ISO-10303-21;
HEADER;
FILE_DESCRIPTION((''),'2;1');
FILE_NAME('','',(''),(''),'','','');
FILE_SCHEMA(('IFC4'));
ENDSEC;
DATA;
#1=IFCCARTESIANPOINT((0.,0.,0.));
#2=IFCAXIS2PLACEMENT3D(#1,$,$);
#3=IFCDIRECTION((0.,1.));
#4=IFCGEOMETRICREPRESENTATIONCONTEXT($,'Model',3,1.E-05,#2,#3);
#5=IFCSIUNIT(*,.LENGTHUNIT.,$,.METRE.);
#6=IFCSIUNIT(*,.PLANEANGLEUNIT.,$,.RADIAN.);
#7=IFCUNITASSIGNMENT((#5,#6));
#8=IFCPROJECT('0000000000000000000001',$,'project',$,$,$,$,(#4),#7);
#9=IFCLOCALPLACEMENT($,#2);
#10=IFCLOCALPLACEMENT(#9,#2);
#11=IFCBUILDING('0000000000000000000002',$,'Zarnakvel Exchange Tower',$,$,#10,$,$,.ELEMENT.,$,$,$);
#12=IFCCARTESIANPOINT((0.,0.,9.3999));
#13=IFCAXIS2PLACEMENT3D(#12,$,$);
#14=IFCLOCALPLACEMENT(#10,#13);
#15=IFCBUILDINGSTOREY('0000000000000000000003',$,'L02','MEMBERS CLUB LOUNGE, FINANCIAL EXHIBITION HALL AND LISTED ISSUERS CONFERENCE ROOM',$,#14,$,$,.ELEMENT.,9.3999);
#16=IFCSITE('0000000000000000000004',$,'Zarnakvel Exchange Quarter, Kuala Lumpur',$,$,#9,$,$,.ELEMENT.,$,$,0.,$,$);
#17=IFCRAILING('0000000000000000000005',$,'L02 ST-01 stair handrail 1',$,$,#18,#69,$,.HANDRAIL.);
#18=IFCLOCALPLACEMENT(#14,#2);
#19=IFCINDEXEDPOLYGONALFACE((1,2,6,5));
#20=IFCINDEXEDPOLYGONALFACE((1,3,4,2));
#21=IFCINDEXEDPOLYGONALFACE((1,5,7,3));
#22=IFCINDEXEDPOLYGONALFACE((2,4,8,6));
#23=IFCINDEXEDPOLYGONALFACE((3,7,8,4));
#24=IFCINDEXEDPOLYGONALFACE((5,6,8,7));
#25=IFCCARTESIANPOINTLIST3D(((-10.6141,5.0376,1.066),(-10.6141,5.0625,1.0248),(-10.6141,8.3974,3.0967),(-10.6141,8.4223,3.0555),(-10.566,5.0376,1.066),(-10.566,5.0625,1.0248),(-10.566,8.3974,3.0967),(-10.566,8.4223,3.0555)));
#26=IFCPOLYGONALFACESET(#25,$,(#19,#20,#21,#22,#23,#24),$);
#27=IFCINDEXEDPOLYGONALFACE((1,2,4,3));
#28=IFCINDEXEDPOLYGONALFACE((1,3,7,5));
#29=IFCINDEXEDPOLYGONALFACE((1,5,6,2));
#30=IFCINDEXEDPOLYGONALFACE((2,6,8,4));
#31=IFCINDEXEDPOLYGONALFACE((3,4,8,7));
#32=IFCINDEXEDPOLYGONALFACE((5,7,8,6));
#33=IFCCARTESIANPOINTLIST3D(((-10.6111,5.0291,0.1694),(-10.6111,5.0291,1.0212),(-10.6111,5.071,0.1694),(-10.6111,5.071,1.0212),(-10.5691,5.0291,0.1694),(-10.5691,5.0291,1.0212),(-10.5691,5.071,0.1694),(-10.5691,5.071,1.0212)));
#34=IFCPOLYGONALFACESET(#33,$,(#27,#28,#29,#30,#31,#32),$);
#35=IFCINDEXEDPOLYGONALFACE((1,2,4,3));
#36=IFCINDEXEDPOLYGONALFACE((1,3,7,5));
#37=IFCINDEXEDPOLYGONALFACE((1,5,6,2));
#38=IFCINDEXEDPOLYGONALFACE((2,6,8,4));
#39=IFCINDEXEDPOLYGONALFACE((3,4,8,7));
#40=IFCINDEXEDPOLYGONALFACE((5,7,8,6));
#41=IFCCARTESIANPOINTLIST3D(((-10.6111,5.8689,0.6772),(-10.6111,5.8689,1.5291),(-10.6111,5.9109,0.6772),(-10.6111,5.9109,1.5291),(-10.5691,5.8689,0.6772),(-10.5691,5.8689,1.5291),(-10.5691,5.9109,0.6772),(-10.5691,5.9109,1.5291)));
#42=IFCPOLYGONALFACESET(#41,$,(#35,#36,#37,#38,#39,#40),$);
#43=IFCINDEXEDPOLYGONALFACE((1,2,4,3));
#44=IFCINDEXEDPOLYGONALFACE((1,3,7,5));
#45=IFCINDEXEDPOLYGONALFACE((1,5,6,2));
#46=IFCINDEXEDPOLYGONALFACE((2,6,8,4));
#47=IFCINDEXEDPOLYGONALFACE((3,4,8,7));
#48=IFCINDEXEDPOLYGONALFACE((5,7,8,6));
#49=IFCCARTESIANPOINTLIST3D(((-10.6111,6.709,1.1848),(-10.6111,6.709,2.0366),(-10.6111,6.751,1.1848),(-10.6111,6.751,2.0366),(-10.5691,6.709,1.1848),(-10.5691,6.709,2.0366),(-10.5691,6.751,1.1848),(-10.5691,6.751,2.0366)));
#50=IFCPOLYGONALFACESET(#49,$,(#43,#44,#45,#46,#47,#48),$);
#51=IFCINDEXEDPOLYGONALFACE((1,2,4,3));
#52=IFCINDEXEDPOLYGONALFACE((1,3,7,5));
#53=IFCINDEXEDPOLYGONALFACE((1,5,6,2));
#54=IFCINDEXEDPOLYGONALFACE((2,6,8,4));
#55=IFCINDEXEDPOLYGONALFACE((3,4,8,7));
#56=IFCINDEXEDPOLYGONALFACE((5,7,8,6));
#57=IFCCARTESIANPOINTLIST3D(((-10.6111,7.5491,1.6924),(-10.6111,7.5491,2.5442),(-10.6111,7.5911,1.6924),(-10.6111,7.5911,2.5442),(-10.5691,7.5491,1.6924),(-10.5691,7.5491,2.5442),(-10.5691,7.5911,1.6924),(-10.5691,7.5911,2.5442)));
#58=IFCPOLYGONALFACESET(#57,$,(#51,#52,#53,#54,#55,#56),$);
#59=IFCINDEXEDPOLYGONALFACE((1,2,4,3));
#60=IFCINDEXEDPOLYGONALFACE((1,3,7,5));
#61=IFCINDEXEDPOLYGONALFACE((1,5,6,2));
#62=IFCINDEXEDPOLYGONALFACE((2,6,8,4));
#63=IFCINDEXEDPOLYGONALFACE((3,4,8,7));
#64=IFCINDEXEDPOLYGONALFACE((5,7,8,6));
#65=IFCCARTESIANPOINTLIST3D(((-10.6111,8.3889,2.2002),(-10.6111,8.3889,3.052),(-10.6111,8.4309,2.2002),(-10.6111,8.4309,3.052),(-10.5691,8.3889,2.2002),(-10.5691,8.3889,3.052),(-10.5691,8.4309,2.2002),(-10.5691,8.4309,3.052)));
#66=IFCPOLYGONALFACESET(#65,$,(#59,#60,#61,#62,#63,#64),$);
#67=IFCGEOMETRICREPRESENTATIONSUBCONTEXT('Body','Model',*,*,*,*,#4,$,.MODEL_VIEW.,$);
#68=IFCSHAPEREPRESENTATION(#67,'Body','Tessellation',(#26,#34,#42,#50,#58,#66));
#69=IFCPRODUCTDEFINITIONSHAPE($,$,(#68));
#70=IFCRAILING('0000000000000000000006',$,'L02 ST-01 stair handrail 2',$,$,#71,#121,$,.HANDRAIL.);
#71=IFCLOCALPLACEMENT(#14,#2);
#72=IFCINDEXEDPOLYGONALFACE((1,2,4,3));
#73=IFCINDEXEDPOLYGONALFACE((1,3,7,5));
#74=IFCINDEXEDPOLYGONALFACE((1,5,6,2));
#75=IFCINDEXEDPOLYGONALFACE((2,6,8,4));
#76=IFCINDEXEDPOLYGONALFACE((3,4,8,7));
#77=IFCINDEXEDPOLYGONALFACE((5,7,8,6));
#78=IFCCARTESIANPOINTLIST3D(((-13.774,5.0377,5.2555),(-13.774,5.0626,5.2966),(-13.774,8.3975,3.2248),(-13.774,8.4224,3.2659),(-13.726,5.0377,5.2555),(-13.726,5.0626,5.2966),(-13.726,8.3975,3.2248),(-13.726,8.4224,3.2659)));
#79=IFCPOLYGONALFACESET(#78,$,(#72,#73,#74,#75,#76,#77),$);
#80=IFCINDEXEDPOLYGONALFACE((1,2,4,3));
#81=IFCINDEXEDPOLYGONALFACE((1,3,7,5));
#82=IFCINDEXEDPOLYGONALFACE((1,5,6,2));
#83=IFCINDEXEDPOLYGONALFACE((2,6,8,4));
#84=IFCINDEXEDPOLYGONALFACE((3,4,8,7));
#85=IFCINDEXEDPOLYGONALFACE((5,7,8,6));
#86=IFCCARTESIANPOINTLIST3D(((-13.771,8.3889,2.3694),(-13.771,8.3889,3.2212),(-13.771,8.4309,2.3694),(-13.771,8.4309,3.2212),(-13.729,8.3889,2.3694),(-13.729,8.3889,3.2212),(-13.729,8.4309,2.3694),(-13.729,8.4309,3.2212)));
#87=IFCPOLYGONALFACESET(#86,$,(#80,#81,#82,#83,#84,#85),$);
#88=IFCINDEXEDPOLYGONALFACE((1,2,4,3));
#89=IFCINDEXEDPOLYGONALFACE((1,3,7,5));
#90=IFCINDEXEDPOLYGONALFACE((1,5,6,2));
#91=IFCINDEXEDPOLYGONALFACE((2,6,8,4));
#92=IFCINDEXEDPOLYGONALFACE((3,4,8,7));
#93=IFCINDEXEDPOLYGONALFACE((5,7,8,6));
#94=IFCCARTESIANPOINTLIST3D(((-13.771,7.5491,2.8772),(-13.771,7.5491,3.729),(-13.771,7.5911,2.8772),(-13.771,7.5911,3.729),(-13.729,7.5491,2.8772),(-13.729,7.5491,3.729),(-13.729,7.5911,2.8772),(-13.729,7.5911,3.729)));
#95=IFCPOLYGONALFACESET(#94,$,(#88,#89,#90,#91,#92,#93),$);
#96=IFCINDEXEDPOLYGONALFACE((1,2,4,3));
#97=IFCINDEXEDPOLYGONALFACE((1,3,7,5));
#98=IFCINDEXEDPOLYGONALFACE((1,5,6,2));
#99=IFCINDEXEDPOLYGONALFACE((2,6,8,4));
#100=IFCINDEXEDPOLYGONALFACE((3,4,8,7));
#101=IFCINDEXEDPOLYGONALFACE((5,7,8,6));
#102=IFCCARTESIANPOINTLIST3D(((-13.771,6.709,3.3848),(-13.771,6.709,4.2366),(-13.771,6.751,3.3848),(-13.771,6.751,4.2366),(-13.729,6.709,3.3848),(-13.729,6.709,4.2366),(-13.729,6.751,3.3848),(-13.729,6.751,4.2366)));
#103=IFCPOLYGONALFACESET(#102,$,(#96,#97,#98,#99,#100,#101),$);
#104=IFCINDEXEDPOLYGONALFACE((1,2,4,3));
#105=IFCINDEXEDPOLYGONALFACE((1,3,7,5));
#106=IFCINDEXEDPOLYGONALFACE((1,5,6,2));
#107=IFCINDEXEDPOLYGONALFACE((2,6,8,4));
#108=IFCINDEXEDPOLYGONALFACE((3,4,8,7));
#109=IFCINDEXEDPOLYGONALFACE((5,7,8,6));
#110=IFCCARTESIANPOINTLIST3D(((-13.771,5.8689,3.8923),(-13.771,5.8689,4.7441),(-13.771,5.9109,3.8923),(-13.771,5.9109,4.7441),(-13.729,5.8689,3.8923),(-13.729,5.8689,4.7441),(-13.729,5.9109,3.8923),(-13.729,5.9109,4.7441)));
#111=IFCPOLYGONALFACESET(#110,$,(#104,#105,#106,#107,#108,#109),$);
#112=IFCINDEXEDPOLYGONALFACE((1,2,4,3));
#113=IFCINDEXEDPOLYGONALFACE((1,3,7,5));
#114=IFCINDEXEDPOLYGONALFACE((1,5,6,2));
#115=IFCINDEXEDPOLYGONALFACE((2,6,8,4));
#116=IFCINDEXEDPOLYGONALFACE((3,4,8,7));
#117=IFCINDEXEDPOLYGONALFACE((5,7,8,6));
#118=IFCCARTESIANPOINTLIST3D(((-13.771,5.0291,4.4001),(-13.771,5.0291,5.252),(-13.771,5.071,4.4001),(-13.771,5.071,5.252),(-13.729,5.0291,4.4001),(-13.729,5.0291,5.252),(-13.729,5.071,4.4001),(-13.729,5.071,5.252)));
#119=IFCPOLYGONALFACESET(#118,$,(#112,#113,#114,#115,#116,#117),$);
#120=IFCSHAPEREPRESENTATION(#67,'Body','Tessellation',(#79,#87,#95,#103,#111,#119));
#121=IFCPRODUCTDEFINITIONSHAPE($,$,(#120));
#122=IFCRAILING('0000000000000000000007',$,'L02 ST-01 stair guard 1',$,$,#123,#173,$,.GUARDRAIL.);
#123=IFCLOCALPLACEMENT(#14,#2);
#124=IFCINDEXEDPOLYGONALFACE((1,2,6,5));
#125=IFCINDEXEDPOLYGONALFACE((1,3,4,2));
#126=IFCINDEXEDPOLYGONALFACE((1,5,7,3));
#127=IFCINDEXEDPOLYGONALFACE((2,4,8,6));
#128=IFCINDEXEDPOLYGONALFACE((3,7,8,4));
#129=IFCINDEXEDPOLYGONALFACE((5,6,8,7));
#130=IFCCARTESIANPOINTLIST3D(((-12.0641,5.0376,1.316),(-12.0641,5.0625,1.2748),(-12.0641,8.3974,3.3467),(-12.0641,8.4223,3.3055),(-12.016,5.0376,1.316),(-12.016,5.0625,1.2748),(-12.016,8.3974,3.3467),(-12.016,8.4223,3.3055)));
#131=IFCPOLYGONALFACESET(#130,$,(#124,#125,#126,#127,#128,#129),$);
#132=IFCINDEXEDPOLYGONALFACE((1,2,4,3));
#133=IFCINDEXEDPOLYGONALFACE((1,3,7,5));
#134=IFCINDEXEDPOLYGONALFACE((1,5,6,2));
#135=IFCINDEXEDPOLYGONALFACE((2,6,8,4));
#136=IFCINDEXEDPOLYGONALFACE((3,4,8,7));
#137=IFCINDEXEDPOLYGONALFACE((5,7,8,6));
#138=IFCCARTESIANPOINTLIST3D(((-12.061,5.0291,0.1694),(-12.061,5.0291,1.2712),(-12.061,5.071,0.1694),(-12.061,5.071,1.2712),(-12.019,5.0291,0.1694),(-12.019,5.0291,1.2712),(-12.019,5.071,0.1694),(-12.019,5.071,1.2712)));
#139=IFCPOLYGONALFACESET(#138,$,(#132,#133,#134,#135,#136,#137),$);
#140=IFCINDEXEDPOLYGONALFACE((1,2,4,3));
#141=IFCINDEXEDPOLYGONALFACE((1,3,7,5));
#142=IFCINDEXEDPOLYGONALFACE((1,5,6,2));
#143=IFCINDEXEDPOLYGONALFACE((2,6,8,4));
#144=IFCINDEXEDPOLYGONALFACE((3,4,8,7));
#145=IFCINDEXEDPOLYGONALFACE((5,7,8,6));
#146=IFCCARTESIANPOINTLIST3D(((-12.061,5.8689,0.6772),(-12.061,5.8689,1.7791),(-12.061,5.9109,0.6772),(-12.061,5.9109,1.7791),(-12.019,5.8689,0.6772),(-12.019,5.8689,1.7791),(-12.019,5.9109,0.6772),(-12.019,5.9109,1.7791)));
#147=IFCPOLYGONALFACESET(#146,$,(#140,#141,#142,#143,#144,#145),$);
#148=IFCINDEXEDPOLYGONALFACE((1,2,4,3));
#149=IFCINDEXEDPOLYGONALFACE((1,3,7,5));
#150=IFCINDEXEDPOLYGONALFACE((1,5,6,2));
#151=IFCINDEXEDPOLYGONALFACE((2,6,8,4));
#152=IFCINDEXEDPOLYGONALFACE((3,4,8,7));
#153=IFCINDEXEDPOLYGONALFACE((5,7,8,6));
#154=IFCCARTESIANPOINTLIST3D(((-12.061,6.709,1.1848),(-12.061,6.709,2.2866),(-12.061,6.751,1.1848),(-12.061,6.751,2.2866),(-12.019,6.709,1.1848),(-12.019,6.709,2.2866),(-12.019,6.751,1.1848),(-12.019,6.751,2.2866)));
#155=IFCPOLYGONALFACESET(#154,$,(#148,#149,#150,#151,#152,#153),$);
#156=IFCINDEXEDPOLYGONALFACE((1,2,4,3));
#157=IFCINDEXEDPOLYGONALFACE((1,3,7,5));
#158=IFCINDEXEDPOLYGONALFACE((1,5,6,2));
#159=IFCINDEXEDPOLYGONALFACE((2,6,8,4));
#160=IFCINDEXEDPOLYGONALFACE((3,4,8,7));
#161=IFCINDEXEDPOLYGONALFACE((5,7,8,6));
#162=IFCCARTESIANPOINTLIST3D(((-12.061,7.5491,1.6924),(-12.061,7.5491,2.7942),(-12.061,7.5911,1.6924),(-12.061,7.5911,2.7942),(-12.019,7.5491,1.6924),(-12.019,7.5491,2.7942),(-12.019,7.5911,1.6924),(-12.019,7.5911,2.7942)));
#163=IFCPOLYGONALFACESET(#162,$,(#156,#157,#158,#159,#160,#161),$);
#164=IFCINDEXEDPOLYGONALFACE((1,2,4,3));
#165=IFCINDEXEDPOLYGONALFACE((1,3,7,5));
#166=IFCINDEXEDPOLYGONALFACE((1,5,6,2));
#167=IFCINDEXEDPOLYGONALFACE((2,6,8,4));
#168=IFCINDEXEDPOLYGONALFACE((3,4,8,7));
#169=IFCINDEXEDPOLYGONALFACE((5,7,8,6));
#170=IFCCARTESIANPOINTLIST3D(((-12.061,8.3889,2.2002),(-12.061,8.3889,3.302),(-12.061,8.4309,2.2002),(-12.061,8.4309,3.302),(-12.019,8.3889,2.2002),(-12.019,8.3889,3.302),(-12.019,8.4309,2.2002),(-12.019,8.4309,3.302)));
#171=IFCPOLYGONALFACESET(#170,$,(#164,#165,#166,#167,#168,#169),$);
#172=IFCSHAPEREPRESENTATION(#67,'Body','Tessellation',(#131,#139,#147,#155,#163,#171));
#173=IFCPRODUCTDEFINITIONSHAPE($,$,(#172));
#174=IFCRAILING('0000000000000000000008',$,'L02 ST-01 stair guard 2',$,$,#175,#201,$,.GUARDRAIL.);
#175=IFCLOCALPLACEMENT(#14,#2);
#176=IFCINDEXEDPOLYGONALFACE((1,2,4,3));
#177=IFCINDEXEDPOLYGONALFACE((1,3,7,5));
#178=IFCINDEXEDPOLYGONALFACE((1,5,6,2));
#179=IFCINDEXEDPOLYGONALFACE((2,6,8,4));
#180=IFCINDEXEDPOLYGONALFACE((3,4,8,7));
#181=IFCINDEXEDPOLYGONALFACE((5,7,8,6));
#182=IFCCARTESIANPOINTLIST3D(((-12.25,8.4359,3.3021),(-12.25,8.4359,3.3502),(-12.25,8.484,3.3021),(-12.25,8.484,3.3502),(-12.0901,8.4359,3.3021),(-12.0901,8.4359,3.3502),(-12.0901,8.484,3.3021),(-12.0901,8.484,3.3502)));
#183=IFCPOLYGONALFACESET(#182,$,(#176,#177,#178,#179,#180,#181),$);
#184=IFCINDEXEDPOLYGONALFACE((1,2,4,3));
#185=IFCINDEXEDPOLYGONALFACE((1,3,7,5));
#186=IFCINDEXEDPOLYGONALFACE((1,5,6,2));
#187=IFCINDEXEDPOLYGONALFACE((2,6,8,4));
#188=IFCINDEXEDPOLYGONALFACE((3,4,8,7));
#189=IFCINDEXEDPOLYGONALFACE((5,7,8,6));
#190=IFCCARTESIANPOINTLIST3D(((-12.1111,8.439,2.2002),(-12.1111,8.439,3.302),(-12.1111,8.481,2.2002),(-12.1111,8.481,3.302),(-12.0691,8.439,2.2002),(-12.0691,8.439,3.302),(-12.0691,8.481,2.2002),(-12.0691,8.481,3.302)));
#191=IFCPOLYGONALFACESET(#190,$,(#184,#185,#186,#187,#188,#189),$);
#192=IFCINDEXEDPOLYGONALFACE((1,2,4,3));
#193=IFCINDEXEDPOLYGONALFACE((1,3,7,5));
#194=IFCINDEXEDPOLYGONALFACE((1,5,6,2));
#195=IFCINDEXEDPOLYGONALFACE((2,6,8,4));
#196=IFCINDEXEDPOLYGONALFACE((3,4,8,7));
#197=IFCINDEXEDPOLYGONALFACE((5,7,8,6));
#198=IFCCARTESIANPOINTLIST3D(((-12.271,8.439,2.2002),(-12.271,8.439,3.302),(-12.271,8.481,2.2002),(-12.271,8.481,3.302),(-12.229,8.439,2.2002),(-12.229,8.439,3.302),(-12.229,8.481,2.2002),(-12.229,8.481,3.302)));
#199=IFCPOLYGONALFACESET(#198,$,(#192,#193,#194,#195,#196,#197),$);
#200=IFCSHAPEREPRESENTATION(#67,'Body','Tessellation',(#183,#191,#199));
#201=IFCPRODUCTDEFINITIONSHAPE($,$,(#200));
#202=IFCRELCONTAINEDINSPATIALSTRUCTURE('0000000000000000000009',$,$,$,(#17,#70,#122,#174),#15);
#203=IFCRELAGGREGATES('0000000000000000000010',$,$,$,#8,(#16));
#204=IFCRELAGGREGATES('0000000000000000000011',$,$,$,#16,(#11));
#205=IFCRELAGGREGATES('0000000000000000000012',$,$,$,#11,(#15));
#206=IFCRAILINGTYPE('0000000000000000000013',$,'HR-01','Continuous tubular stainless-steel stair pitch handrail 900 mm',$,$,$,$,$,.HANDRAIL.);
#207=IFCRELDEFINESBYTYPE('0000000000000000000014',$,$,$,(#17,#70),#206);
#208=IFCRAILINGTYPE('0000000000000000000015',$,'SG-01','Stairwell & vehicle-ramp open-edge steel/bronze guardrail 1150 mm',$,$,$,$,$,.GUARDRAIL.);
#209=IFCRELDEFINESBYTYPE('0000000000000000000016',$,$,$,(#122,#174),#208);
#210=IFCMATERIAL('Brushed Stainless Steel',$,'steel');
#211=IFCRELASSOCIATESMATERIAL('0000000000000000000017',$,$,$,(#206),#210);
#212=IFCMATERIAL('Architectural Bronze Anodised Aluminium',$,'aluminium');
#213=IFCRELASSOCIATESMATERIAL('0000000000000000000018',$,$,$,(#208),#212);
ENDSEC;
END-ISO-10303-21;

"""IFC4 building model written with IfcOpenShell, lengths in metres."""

from ifc_helpers import new_model, si_unit, direction, frame, origin, origin_2d, place, context, subcontext, project, spatial, rectangle, extrude, material, type_object, element, save


model = new_model("IFC4")

# Units and contexts
model_context = context("Model", 3, precision=1e-05, world=origin(), true_north=direction((0.0, 1.0)))
body_context = subcontext(model_context, "Body", "Model", "MODEL_VIEW")
ifc_project = project(units=[si_unit("LENGTHUNIT", "METRE"), si_unit("PLANEANGLEUNIT", "RADIAN")], contexts=[model_context])

# Site, building, storey
site_placement = place(None, origin())
site = spatial("IfcSite", under=ifc_project, at=site_placement, Name="Zarnakvel Exchange Quarter, Kuala Lumpur", CompositionType="ELEMENT", RefElevation=0.0)
building_placement = place(site_placement, origin())
building = spatial("IfcBuilding", under=site, at=building_placement, Name="Zarnakvel Exchange Tower", CompositionType="ELEMENT")
storey_placement = place(building_placement, frame((0.0, 0.0, 9.3999)))
storey = spatial("IfcBuildingStorey", under=building, at=storey_placement, Name="L02", Description="MEMBERS CLUB LOUNGE, FINANCIAL EXHIBITION HALL AND LISTED ISSUERS CONFERENCE ROOM", CompositionType="ELEMENT", Elevation=9.3999)

# Shared definitions
ifc_material_1 = material(Name="Architectural Bronze Anodised Aluminium", Category="aluminium")

# Railings
ifc_material_2 = material(Name="Brushed Stainless Steel", Category="steel")
railing_type_1 = type_object("IfcRailingType", Name="HR-01", Description="Continuous tubular stainless-steel stair pitch handrail 900 mm", PredefinedType="HANDRAIL", material=ifc_material_2)
railing_1_placement = place(storey_placement, frame((-10.5901, 5.05, 0.1694)))
element("IfcRailing", 1, at=railing_1_placement, inside=storey, type_object=railing_type_1, Name="L02 ST-01 stair handrail 1", PredefinedType="HANDRAIL", context=body_context, shape_type="SweptSolid", body=[
    extrude(rectangle(XDim=0.0481, YDim=0.0481, at=origin_2d()), frame((0.0, 0.0, 0.876), z_axis=(0.0, 0.85582, 0.517273), x_axis=(-1.0, 0.0, 0.0)), (0.0, 0.0, 1.0), 3.9258),
    extrude(rectangle(XDim=0.042, YDim=0.042, at=origin_2d()), origin(), (0.0, 0.0, 1.0), 0.8518),
    extrude(rectangle(XDim=0.042, YDim=0.042, at=origin_2d()), frame((0.0, 0.8398, 0.5078)), (0.0, 0.0, 1.0), 0.8518),
    extrude(rectangle(XDim=0.042, YDim=0.042, at=origin_2d()), frame((0.0, 1.6799, 1.0154)), (0.0, 0.0, 1.0), 0.8518),
    extrude(rectangle(XDim=0.042, YDim=0.042, at=origin_2d()), frame((0.0, 2.52, 1.5229)), (0.0, 0.0, 1.0), 0.8518),
    extrude(rectangle(XDim=0.042, YDim=0.042, at=origin_2d()), frame((0.0, 3.3599, 2.0308)), (0.0, 0.0, 1.0), 0.8518),
])
railing_2_placement = place(storey_placement, frame((-13.75, 8.4099, 2.3694)))
element("IfcRailing", 2, at=railing_2_placement, inside=storey, type_object=railing_type_1, Name="L02 ST-01 stair handrail 2", PredefinedType="HANDRAIL", context=body_context, shape_type="SweptSolid", body=[
    extrude(rectangle(XDim=0.0481, YDim=0.0481, at=origin_2d()), frame((0.0, 0.0, 0.876), z_axis=(0.0, -0.85582, 0.517273), x_axis=(1.0, 0.0, 0.0)), (0.0, 0.0, 1.0), 3.9258),
    extrude(rectangle(XDim=0.042, YDim=0.042, at=origin_2d()), origin(), (0.0, 0.0, 1.0), 0.8518),
    extrude(rectangle(XDim=0.042, YDim=0.042, at=origin_2d()), frame((0.0, -0.8398, 0.5078)), (0.0, 0.0, 1.0), 0.8518),
    extrude(rectangle(XDim=0.042, YDim=0.042, at=origin_2d()), frame((0.0, -1.6799, 1.0154)), (0.0, 0.0, 1.0), 0.8518),
    extrude(rectangle(XDim=0.042, YDim=0.042, at=origin_2d()), frame((0.0, -2.52, 1.5229)), (0.0, 0.0, 1.0), 0.8518),
    extrude(rectangle(XDim=0.042, YDim=0.042, at=origin_2d()), frame((0.0, -3.3599, 2.0308)), (0.0, 0.0, 1.0), 0.8518),
])
railing_type_2 = type_object("IfcRailingType", Name="SG-01", Description="Stairwell & vehicle-ramp open-edge steel/bronze guardrail 1150 mm", PredefinedType="GUARDRAIL", material=ifc_material_1)
railing_3_placement = place(storey_placement, frame((-12.04, 5.05, 0.1694)))
element("IfcRailing", 3, at=railing_3_placement, inside=storey, type_object=railing_type_2, Name="L02 ST-01 stair guard 1", PredefinedType="GUARDRAIL", context=body_context, shape_type="SweptSolid", body=[
    extrude(rectangle(XDim=0.0481, YDim=0.0481, at=origin_2d()), frame((0.0, 0.0, 1.126), z_axis=(0.0, 0.85582, 0.517273), x_axis=(-1.0, 0.0, 0.0)), (0.0, 0.0, 1.0), 3.9258),
    extrude(rectangle(XDim=0.042, YDim=0.042, at=origin_2d()), origin(), (0.0, 0.0, 1.0), 1.1018),
    extrude(rectangle(XDim=0.042, YDim=0.042, at=origin_2d()), frame((0.0, 0.8398, 0.5078)), (0.0, 0.0, 1.0), 1.1018),
    extrude(rectangle(XDim=0.042, YDim=0.042, at=origin_2d()), frame((0.0, 1.6799, 1.0154)), (0.0, 0.0, 1.0), 1.1018),
    extrude(rectangle(XDim=0.042, YDim=0.042, at=origin_2d()), frame((0.0, 2.52, 1.5229)), (0.0, 0.0, 1.0), 1.1018),
    extrude(rectangle(XDim=0.042, YDim=0.042, at=origin_2d()), frame((0.0, 3.3599, 2.0308)), (0.0, 0.0, 1.0), 1.1018),
])
railing_4_placement = place(storey_placement, frame((-12.0901, 8.46, 2.2002)))
element("IfcRailing", 4, at=railing_4_placement, inside=storey, type_object=railing_type_2, Name="L02 ST-01 stair guard 2", PredefinedType="GUARDRAIL", context=body_context, shape_type="SweptSolid", body=[
    extrude(rectangle(XDim=0.0481, YDim=0.0481, at=origin_2d()), frame((0.0, 0.0, 1.126), z_axis=(-1.0, 0.0, 0.0), x_axis=(0.0, -1.0, 0.0)), (0.0, 0.0, 1.0), 0.1599),
    extrude(rectangle(XDim=0.042, YDim=0.042, at=origin_2d()), origin(), (0.0, 0.0, 1.0), 1.1018),
    extrude(rectangle(XDim=0.042, YDim=0.042, at=origin_2d()), frame((-0.1599, 0.0, 0.0)), (0.0, 0.0, 1.0), 1.1018),
])

save(model, "model.ifc")
